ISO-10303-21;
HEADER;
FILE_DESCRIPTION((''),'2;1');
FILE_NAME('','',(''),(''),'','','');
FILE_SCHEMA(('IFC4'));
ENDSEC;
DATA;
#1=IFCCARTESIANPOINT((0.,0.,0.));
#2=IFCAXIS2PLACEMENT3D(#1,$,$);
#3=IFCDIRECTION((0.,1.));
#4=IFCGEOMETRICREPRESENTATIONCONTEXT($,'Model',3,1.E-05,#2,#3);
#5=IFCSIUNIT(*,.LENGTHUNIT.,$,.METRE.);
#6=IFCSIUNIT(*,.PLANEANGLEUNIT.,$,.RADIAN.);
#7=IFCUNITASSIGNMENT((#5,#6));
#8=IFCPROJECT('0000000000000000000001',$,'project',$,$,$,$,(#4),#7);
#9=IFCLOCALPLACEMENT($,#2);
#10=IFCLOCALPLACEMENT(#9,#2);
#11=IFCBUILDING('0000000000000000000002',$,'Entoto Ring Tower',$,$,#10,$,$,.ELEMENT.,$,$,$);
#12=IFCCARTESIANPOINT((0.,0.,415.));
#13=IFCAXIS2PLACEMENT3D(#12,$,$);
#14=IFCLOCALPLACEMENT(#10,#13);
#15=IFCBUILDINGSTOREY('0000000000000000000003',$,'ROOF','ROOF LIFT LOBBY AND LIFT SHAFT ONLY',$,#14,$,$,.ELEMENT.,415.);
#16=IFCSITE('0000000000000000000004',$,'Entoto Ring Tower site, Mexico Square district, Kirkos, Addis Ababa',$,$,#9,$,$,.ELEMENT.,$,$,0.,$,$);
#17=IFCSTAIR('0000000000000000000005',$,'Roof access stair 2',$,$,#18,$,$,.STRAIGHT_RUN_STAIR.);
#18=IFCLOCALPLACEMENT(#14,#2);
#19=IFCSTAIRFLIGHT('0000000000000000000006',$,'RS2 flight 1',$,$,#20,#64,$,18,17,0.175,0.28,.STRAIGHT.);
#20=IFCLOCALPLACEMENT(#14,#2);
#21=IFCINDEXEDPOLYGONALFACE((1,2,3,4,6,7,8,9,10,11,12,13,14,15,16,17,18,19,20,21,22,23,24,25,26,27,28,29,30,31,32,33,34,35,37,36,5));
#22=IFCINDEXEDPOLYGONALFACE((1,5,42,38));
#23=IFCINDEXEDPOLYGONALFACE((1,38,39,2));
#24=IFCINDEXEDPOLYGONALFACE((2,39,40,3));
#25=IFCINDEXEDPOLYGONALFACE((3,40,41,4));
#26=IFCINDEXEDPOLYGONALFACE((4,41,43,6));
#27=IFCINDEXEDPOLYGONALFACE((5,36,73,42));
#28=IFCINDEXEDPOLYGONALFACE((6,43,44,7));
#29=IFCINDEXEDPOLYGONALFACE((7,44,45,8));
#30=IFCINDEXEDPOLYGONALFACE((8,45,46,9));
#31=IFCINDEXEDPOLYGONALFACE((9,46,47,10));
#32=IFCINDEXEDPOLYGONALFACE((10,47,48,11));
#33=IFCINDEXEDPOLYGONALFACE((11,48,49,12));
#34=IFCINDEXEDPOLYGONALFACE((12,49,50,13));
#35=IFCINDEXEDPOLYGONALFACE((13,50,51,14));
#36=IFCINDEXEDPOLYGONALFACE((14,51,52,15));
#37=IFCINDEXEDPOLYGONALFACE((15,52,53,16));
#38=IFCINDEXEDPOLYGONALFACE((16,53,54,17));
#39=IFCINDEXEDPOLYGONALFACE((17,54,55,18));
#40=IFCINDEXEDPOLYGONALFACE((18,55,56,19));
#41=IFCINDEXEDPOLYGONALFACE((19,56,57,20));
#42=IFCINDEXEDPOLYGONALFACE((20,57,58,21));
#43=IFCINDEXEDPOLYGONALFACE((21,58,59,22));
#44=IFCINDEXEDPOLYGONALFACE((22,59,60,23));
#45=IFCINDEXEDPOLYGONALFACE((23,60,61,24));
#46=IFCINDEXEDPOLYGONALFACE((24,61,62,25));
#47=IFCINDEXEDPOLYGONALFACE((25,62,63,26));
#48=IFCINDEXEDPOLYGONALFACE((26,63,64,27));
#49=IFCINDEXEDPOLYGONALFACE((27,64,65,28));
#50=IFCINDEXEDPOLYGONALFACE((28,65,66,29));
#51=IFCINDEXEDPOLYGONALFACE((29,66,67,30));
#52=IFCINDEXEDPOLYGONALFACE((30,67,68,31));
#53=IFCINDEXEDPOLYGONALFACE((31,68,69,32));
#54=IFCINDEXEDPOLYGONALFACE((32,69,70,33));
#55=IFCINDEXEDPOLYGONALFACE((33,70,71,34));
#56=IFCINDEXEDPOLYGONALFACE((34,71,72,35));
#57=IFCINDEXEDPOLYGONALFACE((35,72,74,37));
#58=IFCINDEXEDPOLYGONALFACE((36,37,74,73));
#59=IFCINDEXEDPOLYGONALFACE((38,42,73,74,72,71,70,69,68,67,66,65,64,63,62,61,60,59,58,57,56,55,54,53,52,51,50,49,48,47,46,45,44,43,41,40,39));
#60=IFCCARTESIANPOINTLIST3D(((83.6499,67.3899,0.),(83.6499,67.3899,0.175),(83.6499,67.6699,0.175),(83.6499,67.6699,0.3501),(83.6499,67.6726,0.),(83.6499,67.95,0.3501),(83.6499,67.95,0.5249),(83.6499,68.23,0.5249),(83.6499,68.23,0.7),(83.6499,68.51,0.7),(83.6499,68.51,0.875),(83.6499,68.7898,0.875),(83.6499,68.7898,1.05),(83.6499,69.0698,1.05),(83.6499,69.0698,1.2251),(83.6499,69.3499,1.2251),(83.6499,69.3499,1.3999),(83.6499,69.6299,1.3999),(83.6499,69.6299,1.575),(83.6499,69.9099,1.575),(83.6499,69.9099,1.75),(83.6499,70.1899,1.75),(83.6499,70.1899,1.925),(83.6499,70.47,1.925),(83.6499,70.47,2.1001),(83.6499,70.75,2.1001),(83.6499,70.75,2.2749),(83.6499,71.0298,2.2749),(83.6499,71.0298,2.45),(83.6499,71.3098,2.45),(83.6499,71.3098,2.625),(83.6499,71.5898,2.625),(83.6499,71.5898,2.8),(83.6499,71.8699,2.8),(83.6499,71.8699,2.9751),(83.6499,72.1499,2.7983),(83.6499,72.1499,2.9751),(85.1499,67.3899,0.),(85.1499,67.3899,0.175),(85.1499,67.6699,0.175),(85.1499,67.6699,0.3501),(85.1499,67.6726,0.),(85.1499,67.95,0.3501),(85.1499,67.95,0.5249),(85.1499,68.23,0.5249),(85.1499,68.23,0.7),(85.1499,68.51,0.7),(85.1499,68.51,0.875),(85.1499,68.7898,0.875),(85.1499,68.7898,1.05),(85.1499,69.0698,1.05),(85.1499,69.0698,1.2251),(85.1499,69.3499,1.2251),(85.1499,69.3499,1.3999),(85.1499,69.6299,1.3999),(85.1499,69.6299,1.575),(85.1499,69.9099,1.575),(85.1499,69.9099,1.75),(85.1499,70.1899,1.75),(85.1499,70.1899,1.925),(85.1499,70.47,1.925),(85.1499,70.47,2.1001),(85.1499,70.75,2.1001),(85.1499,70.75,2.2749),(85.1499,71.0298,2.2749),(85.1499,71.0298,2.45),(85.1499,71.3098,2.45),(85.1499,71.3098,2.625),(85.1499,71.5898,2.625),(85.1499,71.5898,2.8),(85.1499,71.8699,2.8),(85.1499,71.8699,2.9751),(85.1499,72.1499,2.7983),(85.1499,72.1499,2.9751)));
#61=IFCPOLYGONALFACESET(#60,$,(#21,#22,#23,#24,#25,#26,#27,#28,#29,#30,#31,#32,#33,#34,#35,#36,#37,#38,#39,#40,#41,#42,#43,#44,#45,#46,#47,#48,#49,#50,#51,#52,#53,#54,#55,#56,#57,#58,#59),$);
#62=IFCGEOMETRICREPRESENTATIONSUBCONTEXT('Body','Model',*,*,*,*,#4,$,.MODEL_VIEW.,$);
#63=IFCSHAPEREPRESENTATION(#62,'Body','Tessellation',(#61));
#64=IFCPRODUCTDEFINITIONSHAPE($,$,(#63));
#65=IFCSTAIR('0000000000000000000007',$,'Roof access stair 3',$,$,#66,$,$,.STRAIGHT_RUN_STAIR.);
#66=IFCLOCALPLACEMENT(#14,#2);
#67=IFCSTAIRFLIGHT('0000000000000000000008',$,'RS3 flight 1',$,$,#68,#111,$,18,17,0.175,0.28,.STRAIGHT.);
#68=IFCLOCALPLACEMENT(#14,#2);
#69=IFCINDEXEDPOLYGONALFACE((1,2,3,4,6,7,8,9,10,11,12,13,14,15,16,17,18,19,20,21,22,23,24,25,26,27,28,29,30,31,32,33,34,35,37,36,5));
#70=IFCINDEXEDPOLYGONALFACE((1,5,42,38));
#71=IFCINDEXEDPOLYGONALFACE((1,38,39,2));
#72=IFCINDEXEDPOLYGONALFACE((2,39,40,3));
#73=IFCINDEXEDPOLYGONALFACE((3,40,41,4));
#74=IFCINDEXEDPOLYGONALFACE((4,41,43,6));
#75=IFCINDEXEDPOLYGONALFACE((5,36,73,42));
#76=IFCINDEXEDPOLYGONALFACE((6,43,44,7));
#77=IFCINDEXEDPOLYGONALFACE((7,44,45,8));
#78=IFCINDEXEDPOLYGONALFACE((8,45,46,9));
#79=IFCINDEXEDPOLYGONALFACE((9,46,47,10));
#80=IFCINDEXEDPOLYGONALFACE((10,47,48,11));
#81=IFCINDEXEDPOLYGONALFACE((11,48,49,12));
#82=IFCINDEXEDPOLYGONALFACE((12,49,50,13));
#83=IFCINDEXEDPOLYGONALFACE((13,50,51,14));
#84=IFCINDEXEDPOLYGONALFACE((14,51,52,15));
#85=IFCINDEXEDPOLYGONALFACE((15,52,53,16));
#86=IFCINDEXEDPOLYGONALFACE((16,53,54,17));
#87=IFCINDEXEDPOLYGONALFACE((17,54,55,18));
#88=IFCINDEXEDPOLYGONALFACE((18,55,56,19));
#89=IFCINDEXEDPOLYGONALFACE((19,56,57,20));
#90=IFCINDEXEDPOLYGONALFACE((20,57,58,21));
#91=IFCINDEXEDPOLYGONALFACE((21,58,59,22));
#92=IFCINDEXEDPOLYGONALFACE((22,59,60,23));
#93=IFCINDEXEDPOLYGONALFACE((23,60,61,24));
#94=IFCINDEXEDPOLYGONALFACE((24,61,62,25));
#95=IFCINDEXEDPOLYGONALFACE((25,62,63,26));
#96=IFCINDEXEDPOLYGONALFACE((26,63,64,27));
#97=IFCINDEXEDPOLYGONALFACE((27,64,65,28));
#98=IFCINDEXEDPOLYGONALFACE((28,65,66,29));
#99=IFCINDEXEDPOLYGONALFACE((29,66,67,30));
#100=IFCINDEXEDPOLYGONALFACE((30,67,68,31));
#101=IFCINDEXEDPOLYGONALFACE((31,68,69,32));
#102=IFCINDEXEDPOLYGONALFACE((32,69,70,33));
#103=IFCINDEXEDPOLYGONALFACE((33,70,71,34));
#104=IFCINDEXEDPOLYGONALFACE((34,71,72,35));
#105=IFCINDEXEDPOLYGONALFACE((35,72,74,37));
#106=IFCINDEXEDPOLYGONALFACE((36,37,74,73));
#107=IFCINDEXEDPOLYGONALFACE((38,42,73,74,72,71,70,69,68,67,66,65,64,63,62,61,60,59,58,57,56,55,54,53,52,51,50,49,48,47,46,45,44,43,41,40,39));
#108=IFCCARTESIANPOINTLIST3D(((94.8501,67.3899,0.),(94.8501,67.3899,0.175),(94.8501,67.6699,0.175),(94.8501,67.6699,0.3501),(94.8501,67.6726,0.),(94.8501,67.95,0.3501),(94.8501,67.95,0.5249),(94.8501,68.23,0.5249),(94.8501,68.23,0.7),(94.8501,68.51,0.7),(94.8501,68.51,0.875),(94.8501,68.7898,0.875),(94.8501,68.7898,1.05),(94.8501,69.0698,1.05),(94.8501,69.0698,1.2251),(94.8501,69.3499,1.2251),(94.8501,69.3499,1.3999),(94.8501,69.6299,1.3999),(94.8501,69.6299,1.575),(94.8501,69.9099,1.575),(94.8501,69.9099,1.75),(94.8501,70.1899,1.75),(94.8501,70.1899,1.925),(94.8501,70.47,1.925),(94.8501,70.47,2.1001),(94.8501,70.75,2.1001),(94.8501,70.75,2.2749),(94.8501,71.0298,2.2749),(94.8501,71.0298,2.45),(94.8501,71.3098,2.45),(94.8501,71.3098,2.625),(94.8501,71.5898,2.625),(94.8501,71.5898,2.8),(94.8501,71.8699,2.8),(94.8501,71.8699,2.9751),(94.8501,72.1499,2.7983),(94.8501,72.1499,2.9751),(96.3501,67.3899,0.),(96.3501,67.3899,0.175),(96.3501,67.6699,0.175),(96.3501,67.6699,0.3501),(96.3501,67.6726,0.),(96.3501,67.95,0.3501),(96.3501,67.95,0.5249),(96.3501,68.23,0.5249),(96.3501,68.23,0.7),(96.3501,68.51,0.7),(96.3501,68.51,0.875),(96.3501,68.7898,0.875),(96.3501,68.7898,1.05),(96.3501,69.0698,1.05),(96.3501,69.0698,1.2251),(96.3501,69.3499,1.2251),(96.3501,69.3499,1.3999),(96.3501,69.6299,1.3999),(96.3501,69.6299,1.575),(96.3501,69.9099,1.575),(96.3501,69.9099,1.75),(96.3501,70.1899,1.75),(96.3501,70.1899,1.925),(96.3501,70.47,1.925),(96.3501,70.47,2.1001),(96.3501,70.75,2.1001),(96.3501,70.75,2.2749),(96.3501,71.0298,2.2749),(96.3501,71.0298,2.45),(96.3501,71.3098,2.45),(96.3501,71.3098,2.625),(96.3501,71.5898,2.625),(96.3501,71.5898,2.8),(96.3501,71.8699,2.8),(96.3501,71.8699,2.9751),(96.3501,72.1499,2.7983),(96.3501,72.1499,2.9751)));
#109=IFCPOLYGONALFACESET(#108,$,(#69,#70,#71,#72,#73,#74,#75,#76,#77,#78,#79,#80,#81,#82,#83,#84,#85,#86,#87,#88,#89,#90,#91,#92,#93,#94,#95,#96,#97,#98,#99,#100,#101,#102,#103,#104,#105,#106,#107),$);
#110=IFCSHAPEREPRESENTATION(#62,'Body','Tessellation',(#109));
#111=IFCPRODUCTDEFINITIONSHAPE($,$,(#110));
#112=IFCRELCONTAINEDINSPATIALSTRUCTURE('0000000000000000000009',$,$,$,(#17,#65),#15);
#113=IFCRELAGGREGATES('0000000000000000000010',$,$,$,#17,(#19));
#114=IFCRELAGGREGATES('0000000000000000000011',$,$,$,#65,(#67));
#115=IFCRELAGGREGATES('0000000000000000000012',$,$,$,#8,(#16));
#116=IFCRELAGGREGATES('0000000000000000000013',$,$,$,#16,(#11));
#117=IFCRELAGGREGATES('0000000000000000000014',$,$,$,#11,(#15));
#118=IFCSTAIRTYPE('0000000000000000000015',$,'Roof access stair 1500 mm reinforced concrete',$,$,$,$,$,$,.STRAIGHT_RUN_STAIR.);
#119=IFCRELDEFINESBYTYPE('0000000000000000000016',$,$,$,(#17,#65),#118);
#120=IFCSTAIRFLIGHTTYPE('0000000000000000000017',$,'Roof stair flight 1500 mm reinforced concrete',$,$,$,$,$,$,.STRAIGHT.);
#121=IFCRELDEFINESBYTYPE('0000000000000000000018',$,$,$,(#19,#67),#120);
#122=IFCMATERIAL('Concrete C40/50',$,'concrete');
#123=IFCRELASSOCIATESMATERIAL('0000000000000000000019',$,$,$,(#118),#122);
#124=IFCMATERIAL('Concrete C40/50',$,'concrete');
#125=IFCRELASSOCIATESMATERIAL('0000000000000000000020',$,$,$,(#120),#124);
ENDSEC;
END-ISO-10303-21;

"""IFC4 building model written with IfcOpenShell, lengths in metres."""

from ifc_helpers import new_model, si_unit, direction, frame, origin, place, context, subcontext, project, spatial, polyline, outline, extrude, material, type_object, element, aggregate, save


model = new_model("IFC4")

# Units and contexts
model_context = context("Model", 3, precision=1e-05, world=origin(), true_north=direction((0.0, 1.0)))
body_context = subcontext(model_context, "Body", "Model", "MODEL_VIEW")
ifc_project = project(units=[si_unit("LENGTHUNIT", "METRE"), si_unit("PLANEANGLEUNIT", "RADIAN")], contexts=[model_context])

# Site, building, storey
site_placement = place(None, origin())
site = spatial("IfcSite", under=ifc_project, at=site_placement, Name="Entoto Ring Tower site, Mexico Square district, Kirkos, Addis Ababa", CompositionType="ELEMENT", RefElevation=0.0)
building_placement = place(site_placement, origin())
building = spatial("IfcBuilding", under=site, at=building_placement, Name="Entoto Ring Tower", CompositionType="ELEMENT")
storey_placement = place(building_placement, frame((0.0, 0.0, 415.0)))
storey = spatial("IfcBuildingStorey", under=building, at=storey_placement, Name="ROOF", Description="ROOF LIFT LOBBY AND LIFT SHAFT ONLY", CompositionType="ELEMENT", Elevation=415.0)

# Stairs, stair flights
ifc_material_1 = material(Name="Concrete C40/50", Category="concrete")
stair_type = type_object("IfcStairType", Name="Roof access stair 1500 mm reinforced concrete", PredefinedType="STRAIGHT_RUN_STAIR", material=ifc_material_1)
stair_1_placement = place(storey_placement, origin())
stair_1 = element("IfcStair", 1, at=stair_1_placement, inside=storey, type_object=stair_type, Name="Roof access stair 2", PredefinedType="STRAIGHT_RUN_STAIR")
ifc_material_2 = material(Name="Concrete C40/50", Category="concrete")
stair_flight_type = type_object("IfcStairFlightType", Name="Roof stair flight 1500 mm reinforced concrete", PredefinedType="STRAIGHT", material=ifc_material_2)
stair_flight_1_placement = place(storey_placement, frame((84.3999, 67.3899, 0.0), z_axis=(0.0, 0.0, 1.0), x_axis=(0.0, 1.0, 0.0)))
stair_flight_1 = element("IfcStairFlight", 2, at=stair_flight_1_placement, type_object=stair_flight_type, Name="RS2 flight 1", NumberOfRisers=18, NumberOfTreads=17, PredefinedType="STRAIGHT", RiserHeight=0.175, TreadLength=0.28, context=body_context, shape_type="SweptSolid", body=[
    extrude(outline(polyline([(0.0, 0.0), (0.0, 0.175), (0.28, 0.175), (0.28, 0.3501), (0.5601, 0.3501), (0.5601, 0.5249), (0.8401, 0.5249), (0.8401, 0.7), (1.1201, 0.7), (1.1201, 0.875), (1.3999, 0.875), (1.3999, 1.05), (1.6799, 1.05), (1.6799, 1.2251), (1.96, 1.2251), (1.96, 1.3999), (2.24, 1.3999), (2.24, 1.575), (2.52, 1.575), (2.52, 1.75), (2.8, 1.75), (2.8, 1.925), (3.0801, 1.925), (3.0801, 2.1001), (3.3601, 2.1001), (3.3601, 2.2749), (3.6399, 2.2749), (3.6399, 2.45), (3.9199, 2.45), (3.9199, 2.625), (4.2, 2.625), (4.2, 2.8), (4.48, 2.8), (4.48, 2.9751), (4.76, 2.9751), (4.76, 3.1499), (4.76, 2.7983), (0.2827, 0.0), (0.0, 0.0)])), frame((0.0, 0.75, 0.0), z_axis=(0.0, -1.0, 0.0), x_axis=(1.0, 0.0, 0.0)), (0.0, 0.0, 1.0), 1.5),
])
aggregate(stair_1, [stair_flight_1])
stair_2_placement = place(storey_placement, origin())
stair_2 = element("IfcStair", 3, at=stair_2_placement, inside=storey, type_object=stair_type, Name="Roof access stair 3", PredefinedType="STRAIGHT_RUN_STAIR")
stair_flight_2_placement = place(storey_placement, frame((95.6001, 67.3899, 0.0), z_axis=(0.0, 0.0, 1.0), x_axis=(0.0, 1.0, 0.0)))
stair_flight_2 = element("IfcStairFlight", 4, at=stair_flight_2_placement, type_object=stair_flight_type, Name="RS3 flight 1", NumberOfRisers=18, NumberOfTreads=17, PredefinedType="STRAIGHT", RiserHeight=0.175, TreadLength=0.28, context=body_context, shape_type="SweptSolid", body=[
    extrude(outline(polyline([(0.0, 0.0), (0.0, 0.175), (0.28, 0.175), (0.28, 0.3501), (0.5601, 0.3501), (0.5601, 0.5249), (0.8401, 0.5249), (0.8401, 0.7), (1.1201, 0.7), (1.1201, 0.875), (1.3999, 0.875), (1.3999, 1.05), (1.6799, 1.05), (1.6799, 1.2251), (1.96, 1.2251), (1.96, 1.3999), (2.24, 1.3999), (2.24, 1.575), (2.52, 1.575), (2.52, 1.75), (2.8, 1.75), (2.8, 1.925), (3.0801, 1.925), (3.0801, 2.1001), (3.3601, 2.1001), (3.3601, 2.2749), (3.6399, 2.2749), (3.6399, 2.45), (3.9199, 2.45), (3.9199, 2.625), (4.2, 2.625), (4.2, 2.8), (4.48, 2.8), (4.48, 2.9751), (4.76, 2.9751), (4.76, 3.1499), (4.76, 2.7983), (0.2827, 0.0), (0.0, 0.0)])), frame((0.0, 0.75, 0.0), z_axis=(0.0, -1.0, 0.0), x_axis=(1.0, 0.0, 0.0)), (0.0, 0.0, 1.0), 1.5),
])
aggregate(stair_2, [stair_flight_2])

save(model, "model.ifc")
